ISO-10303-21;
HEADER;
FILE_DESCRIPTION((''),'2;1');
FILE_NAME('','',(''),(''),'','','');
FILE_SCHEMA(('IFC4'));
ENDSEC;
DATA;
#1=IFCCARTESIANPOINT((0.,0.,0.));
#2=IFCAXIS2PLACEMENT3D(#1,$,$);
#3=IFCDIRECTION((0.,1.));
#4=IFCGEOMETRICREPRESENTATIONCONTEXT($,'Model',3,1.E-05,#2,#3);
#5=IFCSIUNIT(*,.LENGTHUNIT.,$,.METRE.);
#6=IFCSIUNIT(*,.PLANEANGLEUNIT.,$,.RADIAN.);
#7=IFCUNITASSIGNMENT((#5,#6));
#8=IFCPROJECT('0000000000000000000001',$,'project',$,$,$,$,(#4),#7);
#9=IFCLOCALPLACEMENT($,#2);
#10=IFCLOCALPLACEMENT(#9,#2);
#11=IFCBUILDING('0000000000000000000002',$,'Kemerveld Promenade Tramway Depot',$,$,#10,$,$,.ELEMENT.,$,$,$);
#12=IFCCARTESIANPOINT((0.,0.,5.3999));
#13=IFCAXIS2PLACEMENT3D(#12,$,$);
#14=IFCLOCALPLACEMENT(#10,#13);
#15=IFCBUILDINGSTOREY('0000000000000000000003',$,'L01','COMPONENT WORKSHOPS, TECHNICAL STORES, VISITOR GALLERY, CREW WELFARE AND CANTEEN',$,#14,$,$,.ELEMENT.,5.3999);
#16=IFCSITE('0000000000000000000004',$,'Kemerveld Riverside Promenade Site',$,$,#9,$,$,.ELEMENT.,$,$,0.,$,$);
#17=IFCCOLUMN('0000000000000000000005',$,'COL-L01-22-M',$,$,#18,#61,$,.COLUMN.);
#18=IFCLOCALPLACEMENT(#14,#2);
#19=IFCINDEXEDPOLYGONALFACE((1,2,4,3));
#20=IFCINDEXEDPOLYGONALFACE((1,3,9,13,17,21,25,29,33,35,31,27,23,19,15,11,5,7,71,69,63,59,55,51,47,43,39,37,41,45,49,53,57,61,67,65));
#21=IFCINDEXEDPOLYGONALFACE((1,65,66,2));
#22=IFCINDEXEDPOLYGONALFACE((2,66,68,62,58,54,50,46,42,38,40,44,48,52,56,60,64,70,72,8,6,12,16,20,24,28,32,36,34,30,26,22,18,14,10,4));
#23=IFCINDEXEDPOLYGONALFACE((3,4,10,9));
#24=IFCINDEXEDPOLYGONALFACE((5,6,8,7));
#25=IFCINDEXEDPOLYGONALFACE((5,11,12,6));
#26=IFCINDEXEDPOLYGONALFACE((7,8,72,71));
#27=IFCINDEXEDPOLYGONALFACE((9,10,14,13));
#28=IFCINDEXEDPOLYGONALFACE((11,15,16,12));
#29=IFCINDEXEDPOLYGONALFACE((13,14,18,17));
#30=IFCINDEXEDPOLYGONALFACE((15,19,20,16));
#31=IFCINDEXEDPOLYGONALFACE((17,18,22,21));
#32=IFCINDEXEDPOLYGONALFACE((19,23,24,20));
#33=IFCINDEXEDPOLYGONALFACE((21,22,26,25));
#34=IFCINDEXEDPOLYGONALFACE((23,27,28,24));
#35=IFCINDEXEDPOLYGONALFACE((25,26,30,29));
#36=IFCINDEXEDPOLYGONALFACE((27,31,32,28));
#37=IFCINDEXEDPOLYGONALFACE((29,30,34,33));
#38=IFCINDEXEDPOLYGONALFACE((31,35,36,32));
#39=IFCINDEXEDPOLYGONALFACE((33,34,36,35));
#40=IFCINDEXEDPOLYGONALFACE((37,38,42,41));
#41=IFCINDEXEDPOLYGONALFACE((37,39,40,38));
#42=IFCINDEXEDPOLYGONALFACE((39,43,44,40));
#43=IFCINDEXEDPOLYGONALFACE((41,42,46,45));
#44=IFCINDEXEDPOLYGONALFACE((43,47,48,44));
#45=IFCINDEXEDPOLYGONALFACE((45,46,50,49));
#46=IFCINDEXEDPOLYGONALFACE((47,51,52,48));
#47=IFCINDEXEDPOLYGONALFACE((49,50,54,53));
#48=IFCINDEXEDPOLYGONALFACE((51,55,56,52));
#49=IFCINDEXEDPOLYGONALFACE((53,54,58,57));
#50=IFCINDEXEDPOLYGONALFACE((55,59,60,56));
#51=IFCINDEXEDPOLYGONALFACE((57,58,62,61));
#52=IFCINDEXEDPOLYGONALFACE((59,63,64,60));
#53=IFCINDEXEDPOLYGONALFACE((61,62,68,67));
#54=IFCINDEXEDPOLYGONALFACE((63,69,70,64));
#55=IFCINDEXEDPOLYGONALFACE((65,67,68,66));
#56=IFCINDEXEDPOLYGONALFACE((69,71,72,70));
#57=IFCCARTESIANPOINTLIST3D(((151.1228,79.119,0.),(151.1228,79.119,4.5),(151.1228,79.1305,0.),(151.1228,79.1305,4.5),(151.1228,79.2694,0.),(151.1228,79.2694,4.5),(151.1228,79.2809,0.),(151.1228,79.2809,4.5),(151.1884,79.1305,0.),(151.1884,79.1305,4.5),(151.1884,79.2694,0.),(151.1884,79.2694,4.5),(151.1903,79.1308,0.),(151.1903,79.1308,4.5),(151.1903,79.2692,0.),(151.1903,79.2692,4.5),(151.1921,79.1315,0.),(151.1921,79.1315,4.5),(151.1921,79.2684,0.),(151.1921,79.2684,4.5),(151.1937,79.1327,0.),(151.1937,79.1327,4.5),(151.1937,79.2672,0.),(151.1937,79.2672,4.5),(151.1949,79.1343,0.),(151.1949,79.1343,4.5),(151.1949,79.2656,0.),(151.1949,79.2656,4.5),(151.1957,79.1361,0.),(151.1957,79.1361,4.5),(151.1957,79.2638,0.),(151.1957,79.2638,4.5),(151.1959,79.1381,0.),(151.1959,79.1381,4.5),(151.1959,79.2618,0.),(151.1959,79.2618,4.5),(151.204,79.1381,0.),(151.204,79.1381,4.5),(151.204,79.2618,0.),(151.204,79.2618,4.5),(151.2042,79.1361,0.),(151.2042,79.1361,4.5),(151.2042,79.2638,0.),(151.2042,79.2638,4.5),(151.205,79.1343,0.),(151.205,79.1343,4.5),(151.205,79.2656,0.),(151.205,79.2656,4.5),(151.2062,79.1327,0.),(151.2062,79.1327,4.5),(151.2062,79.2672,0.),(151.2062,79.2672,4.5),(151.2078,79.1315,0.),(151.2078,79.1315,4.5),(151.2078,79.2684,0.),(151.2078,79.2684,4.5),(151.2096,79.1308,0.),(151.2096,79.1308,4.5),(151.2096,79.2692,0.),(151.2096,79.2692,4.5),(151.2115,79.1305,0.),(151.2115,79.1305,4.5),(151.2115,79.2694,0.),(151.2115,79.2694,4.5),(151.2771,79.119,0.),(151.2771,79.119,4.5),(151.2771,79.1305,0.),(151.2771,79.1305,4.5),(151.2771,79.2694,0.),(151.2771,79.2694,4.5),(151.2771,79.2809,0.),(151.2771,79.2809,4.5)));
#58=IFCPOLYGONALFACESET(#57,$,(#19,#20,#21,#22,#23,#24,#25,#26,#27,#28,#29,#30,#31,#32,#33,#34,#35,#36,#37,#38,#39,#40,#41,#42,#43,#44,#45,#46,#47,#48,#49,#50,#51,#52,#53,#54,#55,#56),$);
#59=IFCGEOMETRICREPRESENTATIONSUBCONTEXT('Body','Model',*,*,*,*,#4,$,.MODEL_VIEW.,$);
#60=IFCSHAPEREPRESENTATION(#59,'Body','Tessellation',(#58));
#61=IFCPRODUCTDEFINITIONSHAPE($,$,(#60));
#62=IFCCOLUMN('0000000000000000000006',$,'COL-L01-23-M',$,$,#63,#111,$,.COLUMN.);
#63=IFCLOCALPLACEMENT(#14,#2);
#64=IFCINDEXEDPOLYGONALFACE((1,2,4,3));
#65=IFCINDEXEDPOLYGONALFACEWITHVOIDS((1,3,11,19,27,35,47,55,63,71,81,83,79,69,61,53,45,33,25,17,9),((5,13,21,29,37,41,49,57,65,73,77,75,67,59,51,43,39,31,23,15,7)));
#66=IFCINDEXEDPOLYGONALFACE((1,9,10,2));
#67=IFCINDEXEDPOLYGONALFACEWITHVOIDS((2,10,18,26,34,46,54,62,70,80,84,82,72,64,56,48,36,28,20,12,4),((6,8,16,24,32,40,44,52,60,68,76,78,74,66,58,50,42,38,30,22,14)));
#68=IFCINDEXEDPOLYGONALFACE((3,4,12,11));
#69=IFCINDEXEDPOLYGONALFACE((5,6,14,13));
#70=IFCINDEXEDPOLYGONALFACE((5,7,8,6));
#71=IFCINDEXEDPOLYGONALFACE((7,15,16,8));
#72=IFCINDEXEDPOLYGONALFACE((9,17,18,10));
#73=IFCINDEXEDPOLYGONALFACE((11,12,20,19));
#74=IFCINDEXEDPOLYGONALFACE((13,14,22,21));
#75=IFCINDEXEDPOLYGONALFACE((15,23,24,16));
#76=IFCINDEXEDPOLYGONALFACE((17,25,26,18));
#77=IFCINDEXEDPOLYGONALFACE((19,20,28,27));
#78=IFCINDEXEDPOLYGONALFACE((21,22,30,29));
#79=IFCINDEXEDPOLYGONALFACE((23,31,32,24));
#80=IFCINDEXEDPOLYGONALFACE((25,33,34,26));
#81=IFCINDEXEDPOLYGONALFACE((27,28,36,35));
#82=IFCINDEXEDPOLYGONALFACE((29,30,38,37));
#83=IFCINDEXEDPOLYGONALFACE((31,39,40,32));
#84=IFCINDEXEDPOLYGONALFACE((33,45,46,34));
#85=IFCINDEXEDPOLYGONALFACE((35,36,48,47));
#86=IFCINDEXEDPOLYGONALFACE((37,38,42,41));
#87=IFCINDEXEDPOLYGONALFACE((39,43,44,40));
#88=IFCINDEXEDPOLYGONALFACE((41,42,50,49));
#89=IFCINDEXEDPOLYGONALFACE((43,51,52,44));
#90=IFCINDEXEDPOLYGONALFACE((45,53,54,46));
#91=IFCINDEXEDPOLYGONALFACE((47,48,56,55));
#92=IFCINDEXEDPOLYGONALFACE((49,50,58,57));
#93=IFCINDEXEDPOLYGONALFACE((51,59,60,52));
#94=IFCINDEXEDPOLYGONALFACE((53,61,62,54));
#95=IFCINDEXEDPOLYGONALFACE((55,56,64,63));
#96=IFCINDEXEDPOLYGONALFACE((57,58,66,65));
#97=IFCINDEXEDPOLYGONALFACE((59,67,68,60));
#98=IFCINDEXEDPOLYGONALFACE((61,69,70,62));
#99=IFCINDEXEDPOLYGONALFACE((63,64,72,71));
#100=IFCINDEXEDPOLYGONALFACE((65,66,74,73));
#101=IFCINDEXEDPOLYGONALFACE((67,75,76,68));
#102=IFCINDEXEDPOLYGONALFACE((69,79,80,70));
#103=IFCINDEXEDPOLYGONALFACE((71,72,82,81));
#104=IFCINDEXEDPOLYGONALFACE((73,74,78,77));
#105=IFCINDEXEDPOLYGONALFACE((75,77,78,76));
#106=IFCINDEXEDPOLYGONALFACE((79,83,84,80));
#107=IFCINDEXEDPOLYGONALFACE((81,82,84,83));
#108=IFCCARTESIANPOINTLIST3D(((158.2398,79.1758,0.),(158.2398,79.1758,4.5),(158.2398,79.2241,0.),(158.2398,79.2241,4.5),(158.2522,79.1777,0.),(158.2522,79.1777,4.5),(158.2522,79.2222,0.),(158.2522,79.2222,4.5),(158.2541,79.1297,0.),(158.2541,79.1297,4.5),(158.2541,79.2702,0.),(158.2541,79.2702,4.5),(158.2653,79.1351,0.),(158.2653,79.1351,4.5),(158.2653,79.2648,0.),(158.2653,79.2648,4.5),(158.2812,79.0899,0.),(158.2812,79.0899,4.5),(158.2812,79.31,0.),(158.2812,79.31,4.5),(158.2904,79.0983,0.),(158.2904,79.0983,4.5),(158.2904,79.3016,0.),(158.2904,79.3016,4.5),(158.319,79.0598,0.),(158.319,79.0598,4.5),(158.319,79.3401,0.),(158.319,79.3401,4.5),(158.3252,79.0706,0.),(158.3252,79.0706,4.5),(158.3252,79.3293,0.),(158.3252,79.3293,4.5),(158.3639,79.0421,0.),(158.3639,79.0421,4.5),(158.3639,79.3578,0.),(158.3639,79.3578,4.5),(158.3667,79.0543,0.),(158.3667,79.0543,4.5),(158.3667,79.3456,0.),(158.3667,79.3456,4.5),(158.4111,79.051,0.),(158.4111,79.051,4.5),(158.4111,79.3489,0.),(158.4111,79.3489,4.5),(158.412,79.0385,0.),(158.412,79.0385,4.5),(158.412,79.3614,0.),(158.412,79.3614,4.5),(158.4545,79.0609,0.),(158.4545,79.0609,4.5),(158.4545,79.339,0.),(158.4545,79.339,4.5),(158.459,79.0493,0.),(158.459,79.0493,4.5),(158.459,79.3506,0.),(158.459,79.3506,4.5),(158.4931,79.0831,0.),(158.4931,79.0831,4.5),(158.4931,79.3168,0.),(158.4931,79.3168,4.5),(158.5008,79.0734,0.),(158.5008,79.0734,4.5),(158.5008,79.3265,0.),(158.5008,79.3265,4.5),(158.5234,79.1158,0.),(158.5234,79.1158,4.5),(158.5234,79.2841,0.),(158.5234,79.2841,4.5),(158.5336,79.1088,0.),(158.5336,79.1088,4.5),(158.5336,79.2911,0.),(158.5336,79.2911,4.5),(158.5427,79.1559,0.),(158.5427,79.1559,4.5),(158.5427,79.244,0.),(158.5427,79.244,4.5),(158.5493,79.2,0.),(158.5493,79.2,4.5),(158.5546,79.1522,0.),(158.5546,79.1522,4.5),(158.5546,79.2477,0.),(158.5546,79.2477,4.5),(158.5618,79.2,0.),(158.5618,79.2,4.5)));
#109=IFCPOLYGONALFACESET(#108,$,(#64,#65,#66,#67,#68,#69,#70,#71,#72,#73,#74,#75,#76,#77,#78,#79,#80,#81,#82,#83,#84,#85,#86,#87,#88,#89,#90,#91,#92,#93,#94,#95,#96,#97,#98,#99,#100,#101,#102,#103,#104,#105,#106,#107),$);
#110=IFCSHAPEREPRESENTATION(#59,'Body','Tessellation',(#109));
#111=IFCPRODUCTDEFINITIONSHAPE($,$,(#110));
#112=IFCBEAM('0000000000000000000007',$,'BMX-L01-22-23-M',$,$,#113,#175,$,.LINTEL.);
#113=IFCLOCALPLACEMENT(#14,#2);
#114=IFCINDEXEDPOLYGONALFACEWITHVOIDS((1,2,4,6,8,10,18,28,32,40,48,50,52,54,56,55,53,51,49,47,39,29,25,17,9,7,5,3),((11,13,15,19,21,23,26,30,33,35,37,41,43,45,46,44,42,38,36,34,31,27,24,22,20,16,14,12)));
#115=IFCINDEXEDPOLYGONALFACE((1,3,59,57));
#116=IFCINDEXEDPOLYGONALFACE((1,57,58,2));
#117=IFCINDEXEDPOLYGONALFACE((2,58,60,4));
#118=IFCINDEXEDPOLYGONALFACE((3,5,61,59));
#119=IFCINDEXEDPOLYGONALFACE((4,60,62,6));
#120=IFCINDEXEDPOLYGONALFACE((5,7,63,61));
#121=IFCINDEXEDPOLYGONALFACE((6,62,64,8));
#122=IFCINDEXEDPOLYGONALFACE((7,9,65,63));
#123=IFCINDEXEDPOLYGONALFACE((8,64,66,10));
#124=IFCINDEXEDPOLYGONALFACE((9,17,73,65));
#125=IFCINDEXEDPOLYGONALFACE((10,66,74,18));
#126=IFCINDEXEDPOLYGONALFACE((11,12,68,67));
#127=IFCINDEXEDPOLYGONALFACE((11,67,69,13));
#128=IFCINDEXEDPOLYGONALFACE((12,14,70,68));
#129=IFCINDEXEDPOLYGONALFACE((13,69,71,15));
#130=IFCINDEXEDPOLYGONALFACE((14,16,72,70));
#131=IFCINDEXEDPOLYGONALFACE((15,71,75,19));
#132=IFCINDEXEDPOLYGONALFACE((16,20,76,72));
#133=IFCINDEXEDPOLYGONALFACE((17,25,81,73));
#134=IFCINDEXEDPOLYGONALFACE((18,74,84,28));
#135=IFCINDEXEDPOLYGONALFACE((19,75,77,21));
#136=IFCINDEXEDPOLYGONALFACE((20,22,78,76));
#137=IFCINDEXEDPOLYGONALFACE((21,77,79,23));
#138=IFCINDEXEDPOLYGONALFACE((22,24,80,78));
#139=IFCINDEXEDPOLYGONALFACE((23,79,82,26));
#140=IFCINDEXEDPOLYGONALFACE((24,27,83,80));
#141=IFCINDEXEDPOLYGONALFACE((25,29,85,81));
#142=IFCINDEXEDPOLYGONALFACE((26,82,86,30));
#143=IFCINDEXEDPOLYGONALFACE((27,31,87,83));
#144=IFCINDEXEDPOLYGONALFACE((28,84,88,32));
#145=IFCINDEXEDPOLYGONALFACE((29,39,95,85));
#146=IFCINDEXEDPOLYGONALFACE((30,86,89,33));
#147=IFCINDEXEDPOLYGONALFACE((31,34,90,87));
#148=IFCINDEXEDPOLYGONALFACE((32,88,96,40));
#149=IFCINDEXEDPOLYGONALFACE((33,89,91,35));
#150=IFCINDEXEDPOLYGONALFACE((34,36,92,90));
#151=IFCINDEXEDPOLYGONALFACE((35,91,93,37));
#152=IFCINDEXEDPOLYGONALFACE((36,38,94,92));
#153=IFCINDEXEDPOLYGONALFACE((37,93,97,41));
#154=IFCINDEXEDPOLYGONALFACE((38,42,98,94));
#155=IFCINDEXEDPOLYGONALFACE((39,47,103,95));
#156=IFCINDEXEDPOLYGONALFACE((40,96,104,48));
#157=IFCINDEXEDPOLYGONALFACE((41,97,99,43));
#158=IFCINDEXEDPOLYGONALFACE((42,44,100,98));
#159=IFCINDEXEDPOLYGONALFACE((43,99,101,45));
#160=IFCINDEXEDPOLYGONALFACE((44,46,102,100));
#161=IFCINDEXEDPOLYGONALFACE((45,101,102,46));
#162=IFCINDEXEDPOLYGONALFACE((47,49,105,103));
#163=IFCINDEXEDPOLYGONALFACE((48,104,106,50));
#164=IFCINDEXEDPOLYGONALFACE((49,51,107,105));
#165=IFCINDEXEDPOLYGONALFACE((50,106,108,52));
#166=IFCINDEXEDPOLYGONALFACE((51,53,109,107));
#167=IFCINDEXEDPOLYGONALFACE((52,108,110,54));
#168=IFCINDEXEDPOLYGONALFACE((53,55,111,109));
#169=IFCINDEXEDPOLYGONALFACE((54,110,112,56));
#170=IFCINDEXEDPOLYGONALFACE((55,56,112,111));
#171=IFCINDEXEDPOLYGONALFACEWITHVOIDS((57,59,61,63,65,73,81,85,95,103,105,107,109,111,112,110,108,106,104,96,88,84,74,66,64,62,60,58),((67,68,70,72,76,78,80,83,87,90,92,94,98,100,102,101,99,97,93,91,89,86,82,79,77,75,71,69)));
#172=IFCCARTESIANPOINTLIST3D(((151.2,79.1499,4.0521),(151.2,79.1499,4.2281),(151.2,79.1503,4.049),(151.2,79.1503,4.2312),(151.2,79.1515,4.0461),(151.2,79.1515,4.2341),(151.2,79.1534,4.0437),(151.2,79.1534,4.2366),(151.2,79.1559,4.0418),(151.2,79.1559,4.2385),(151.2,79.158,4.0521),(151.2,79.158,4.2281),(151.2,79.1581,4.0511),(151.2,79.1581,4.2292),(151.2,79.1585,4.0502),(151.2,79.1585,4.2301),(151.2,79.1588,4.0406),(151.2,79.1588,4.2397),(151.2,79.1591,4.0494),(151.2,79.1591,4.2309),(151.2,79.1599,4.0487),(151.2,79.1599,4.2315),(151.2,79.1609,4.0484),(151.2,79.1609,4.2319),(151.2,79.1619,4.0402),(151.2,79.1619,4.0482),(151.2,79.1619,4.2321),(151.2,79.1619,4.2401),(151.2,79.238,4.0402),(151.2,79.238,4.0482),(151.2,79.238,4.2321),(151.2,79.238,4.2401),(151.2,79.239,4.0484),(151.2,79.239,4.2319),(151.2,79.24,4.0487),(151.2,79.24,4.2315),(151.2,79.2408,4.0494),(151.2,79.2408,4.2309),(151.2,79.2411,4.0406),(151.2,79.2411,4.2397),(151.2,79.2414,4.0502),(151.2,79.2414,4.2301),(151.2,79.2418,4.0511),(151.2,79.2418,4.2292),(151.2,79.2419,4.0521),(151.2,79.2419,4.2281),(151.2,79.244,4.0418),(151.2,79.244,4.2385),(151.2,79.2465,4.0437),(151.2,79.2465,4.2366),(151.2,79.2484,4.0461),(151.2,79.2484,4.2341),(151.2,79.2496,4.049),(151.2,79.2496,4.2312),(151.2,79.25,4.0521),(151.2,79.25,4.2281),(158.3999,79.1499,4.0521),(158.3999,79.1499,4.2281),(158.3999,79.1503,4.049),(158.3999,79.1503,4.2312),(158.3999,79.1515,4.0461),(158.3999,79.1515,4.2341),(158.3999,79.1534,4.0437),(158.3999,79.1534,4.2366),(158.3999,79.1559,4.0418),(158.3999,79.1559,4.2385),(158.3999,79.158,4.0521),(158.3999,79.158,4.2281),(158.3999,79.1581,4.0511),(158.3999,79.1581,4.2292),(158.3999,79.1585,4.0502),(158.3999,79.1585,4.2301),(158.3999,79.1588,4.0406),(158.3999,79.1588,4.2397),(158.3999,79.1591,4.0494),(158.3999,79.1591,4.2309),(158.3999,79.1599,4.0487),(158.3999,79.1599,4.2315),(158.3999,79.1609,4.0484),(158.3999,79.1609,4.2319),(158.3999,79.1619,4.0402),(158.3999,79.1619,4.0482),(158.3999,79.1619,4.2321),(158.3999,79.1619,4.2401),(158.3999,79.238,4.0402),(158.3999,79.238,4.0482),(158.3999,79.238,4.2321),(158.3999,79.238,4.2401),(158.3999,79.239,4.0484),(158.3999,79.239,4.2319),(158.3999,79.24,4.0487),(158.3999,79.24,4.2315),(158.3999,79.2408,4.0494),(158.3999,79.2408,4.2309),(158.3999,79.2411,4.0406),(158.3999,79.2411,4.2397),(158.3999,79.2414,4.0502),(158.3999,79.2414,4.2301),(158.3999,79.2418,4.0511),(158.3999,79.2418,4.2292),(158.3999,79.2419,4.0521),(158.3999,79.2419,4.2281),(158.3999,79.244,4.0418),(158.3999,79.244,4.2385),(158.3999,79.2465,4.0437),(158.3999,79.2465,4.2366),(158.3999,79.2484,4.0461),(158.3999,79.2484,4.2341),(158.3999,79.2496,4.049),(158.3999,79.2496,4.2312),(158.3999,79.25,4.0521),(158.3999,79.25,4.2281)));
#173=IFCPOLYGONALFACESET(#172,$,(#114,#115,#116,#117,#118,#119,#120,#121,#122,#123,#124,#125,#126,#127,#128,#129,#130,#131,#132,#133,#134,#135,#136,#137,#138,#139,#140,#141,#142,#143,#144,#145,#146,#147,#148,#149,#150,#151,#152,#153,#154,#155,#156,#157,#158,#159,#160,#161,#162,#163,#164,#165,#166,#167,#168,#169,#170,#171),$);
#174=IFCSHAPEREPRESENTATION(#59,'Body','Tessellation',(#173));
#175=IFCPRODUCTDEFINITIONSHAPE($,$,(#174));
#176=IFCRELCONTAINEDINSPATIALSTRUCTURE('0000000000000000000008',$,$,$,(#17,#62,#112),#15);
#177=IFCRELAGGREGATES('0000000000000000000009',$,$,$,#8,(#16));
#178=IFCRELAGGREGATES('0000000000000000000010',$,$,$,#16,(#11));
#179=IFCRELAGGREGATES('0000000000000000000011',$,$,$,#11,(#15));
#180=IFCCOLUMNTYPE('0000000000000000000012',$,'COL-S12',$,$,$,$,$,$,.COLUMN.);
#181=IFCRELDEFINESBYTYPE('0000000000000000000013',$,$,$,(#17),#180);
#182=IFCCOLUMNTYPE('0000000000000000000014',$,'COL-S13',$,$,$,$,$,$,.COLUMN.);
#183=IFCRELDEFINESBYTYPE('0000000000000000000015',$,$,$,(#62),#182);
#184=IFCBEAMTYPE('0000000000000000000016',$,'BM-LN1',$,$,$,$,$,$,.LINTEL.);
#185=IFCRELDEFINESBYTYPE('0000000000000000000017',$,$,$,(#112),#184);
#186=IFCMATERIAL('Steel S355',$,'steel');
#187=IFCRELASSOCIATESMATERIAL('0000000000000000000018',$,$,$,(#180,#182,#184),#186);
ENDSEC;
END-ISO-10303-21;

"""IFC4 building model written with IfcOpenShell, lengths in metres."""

from ifc_helpers import new_model, si_unit, direction, frame, origin, origin_2d, place, context, subcontext, project, spatial, hollow_rectangle, hollow_circle, i_section, extrude, material, material_profile, profile_set, type_object, element, save


model = new_model("IFC4")

# Units and contexts
model_context = context("Model", 3, precision=1e-05, world=origin(), true_north=direction((0.0, 1.0)))
body_context = subcontext(model_context, "Body", "Model", "MODEL_VIEW")
ifc_project = project(units=[si_unit("LENGTHUNIT", "METRE"), si_unit("PLANEANGLEUNIT", "RADIAN")], contexts=[model_context])

# Site, building, storey
site_placement = place(None, origin())
site = spatial("IfcSite", under=ifc_project, at=site_placement, Name="Kemerveld Riverside Promenade Site", CompositionType="ELEMENT", RefElevation=0.0)
building_placement = place(site_placement, origin())
building = spatial("IfcBuilding", under=site, at=building_placement, Name="Kemerveld Promenade Tramway Depot", CompositionType="ELEMENT")
storey_placement = place(building_placement, frame((0.0, 0.0, 5.3999)))
storey = spatial("IfcBuildingStorey", under=building, at=storey_placement, Name="L01", Description="COMPONENT WORKSHOPS, TECHNICAL STORES, VISITOR GALLERY, CREW WELFARE AND CANTEEN", CompositionType="ELEMENT", Elevation=5.3999)

# Columns
ifc_material_1 = material(Name="Steel S355", Category="steel")
ifc_material_profile_1 = material_profile(ifc_material_1, i_section(OverallWidth=0.1543, OverallDepth=0.1619, WebThickness=0.0081, FlangeThickness=0.0115, FilletRadius=0.0076, at=origin_2d()), Name="152x152x37 UC")
ifc_profile_set_1 = profile_set([ifc_material_profile_1], Name="Steel S355")
column_type_1 = type_object("IfcColumnType", Name="COL-S12", PredefinedType="COLUMN", material=ifc_profile_set_1)
column_1_placement = place(storey_placement, frame((151.2, 79.2, 0.0), z_axis=(0.0, 0.0, 1.0), x_axis=(1.0, 0.0, 0.0)))
element("IfcColumn", 1, at=column_1_placement, inside=storey, type_object=column_type_1, Name="COL-L01-22-M", PredefinedType="COLUMN", context=body_context, shape_type="SweptSolid", body=[
    extrude(i_section(OverallWidth=0.1543, OverallDepth=0.1619, WebThickness=0.0081, FlangeThickness=0.0115, FilletRadius=0.0076, at=origin_2d()), origin(), (0.0, 0.0, 1.0), 4.5),
])
ifc_material_profile_2 = material_profile(ifc_material_1, hollow_circle(Radius=0.1619, WallThickness=0.0125, at=origin_2d()), Name="323.9x12.5 CHS")
ifc_profile_set_2 = profile_set([ifc_material_profile_2], Name="Steel S355")
column_type_2 = type_object("IfcColumnType", Name="COL-S13", PredefinedType="COLUMN", material=ifc_profile_set_2)
column_2_placement = place(storey_placement, frame((158.3999, 79.2, 0.0), z_axis=(0.0, 0.0, 1.0), x_axis=(1.0, 0.0, 0.0)))
element("IfcColumn", 2, at=column_2_placement, inside=storey, type_object=column_type_2, Name="COL-L01-23-M", PredefinedType="COLUMN", context=body_context, shape_type="SweptSolid", body=[
    extrude(hollow_circle(Radius=0.1619, WallThickness=0.0125, at=origin_2d()), origin(), (0.0, 0.0, 1.0), 4.5),
])

# Beam
ifc_material_profile_3 = material_profile(ifc_material_1, hollow_rectangle(XDim=0.1001, YDim=0.2, WallThickness=0.0081, InnerFilletRadius=0.0039, OuterFilletRadius=0.012, at=origin_2d()), Name="200x100x8.0 RHS")
ifc_profile_set_3 = profile_set([ifc_material_profile_3], Name="Steel S355")
beam_type = type_object("IfcBeamType", Name="BM-LN1", PredefinedType="LINTEL", material=ifc_profile_set_3)
beam_placement = place(storey_placement, frame((151.2, 79.2, 4.1401), z_axis=(1.0, 0.0, 0.0), x_axis=(0.0, 1.0, 0.0)))
element("IfcBeam", 3, at=beam_placement, inside=storey, type_object=beam_type, Name="BMX-L01-22-23-M", PredefinedType="LINTEL", context=body_context, shape_type="SweptSolid", body=[
    extrude(hollow_rectangle(XDim=0.1001, YDim=0.2, WallThickness=0.0081, InnerFilletRadius=0.0039, OuterFilletRadius=0.012, at=origin_2d()), origin(), (0.0, 0.0, 1.0), 7.2),
])

save(model, "model.ifc")
